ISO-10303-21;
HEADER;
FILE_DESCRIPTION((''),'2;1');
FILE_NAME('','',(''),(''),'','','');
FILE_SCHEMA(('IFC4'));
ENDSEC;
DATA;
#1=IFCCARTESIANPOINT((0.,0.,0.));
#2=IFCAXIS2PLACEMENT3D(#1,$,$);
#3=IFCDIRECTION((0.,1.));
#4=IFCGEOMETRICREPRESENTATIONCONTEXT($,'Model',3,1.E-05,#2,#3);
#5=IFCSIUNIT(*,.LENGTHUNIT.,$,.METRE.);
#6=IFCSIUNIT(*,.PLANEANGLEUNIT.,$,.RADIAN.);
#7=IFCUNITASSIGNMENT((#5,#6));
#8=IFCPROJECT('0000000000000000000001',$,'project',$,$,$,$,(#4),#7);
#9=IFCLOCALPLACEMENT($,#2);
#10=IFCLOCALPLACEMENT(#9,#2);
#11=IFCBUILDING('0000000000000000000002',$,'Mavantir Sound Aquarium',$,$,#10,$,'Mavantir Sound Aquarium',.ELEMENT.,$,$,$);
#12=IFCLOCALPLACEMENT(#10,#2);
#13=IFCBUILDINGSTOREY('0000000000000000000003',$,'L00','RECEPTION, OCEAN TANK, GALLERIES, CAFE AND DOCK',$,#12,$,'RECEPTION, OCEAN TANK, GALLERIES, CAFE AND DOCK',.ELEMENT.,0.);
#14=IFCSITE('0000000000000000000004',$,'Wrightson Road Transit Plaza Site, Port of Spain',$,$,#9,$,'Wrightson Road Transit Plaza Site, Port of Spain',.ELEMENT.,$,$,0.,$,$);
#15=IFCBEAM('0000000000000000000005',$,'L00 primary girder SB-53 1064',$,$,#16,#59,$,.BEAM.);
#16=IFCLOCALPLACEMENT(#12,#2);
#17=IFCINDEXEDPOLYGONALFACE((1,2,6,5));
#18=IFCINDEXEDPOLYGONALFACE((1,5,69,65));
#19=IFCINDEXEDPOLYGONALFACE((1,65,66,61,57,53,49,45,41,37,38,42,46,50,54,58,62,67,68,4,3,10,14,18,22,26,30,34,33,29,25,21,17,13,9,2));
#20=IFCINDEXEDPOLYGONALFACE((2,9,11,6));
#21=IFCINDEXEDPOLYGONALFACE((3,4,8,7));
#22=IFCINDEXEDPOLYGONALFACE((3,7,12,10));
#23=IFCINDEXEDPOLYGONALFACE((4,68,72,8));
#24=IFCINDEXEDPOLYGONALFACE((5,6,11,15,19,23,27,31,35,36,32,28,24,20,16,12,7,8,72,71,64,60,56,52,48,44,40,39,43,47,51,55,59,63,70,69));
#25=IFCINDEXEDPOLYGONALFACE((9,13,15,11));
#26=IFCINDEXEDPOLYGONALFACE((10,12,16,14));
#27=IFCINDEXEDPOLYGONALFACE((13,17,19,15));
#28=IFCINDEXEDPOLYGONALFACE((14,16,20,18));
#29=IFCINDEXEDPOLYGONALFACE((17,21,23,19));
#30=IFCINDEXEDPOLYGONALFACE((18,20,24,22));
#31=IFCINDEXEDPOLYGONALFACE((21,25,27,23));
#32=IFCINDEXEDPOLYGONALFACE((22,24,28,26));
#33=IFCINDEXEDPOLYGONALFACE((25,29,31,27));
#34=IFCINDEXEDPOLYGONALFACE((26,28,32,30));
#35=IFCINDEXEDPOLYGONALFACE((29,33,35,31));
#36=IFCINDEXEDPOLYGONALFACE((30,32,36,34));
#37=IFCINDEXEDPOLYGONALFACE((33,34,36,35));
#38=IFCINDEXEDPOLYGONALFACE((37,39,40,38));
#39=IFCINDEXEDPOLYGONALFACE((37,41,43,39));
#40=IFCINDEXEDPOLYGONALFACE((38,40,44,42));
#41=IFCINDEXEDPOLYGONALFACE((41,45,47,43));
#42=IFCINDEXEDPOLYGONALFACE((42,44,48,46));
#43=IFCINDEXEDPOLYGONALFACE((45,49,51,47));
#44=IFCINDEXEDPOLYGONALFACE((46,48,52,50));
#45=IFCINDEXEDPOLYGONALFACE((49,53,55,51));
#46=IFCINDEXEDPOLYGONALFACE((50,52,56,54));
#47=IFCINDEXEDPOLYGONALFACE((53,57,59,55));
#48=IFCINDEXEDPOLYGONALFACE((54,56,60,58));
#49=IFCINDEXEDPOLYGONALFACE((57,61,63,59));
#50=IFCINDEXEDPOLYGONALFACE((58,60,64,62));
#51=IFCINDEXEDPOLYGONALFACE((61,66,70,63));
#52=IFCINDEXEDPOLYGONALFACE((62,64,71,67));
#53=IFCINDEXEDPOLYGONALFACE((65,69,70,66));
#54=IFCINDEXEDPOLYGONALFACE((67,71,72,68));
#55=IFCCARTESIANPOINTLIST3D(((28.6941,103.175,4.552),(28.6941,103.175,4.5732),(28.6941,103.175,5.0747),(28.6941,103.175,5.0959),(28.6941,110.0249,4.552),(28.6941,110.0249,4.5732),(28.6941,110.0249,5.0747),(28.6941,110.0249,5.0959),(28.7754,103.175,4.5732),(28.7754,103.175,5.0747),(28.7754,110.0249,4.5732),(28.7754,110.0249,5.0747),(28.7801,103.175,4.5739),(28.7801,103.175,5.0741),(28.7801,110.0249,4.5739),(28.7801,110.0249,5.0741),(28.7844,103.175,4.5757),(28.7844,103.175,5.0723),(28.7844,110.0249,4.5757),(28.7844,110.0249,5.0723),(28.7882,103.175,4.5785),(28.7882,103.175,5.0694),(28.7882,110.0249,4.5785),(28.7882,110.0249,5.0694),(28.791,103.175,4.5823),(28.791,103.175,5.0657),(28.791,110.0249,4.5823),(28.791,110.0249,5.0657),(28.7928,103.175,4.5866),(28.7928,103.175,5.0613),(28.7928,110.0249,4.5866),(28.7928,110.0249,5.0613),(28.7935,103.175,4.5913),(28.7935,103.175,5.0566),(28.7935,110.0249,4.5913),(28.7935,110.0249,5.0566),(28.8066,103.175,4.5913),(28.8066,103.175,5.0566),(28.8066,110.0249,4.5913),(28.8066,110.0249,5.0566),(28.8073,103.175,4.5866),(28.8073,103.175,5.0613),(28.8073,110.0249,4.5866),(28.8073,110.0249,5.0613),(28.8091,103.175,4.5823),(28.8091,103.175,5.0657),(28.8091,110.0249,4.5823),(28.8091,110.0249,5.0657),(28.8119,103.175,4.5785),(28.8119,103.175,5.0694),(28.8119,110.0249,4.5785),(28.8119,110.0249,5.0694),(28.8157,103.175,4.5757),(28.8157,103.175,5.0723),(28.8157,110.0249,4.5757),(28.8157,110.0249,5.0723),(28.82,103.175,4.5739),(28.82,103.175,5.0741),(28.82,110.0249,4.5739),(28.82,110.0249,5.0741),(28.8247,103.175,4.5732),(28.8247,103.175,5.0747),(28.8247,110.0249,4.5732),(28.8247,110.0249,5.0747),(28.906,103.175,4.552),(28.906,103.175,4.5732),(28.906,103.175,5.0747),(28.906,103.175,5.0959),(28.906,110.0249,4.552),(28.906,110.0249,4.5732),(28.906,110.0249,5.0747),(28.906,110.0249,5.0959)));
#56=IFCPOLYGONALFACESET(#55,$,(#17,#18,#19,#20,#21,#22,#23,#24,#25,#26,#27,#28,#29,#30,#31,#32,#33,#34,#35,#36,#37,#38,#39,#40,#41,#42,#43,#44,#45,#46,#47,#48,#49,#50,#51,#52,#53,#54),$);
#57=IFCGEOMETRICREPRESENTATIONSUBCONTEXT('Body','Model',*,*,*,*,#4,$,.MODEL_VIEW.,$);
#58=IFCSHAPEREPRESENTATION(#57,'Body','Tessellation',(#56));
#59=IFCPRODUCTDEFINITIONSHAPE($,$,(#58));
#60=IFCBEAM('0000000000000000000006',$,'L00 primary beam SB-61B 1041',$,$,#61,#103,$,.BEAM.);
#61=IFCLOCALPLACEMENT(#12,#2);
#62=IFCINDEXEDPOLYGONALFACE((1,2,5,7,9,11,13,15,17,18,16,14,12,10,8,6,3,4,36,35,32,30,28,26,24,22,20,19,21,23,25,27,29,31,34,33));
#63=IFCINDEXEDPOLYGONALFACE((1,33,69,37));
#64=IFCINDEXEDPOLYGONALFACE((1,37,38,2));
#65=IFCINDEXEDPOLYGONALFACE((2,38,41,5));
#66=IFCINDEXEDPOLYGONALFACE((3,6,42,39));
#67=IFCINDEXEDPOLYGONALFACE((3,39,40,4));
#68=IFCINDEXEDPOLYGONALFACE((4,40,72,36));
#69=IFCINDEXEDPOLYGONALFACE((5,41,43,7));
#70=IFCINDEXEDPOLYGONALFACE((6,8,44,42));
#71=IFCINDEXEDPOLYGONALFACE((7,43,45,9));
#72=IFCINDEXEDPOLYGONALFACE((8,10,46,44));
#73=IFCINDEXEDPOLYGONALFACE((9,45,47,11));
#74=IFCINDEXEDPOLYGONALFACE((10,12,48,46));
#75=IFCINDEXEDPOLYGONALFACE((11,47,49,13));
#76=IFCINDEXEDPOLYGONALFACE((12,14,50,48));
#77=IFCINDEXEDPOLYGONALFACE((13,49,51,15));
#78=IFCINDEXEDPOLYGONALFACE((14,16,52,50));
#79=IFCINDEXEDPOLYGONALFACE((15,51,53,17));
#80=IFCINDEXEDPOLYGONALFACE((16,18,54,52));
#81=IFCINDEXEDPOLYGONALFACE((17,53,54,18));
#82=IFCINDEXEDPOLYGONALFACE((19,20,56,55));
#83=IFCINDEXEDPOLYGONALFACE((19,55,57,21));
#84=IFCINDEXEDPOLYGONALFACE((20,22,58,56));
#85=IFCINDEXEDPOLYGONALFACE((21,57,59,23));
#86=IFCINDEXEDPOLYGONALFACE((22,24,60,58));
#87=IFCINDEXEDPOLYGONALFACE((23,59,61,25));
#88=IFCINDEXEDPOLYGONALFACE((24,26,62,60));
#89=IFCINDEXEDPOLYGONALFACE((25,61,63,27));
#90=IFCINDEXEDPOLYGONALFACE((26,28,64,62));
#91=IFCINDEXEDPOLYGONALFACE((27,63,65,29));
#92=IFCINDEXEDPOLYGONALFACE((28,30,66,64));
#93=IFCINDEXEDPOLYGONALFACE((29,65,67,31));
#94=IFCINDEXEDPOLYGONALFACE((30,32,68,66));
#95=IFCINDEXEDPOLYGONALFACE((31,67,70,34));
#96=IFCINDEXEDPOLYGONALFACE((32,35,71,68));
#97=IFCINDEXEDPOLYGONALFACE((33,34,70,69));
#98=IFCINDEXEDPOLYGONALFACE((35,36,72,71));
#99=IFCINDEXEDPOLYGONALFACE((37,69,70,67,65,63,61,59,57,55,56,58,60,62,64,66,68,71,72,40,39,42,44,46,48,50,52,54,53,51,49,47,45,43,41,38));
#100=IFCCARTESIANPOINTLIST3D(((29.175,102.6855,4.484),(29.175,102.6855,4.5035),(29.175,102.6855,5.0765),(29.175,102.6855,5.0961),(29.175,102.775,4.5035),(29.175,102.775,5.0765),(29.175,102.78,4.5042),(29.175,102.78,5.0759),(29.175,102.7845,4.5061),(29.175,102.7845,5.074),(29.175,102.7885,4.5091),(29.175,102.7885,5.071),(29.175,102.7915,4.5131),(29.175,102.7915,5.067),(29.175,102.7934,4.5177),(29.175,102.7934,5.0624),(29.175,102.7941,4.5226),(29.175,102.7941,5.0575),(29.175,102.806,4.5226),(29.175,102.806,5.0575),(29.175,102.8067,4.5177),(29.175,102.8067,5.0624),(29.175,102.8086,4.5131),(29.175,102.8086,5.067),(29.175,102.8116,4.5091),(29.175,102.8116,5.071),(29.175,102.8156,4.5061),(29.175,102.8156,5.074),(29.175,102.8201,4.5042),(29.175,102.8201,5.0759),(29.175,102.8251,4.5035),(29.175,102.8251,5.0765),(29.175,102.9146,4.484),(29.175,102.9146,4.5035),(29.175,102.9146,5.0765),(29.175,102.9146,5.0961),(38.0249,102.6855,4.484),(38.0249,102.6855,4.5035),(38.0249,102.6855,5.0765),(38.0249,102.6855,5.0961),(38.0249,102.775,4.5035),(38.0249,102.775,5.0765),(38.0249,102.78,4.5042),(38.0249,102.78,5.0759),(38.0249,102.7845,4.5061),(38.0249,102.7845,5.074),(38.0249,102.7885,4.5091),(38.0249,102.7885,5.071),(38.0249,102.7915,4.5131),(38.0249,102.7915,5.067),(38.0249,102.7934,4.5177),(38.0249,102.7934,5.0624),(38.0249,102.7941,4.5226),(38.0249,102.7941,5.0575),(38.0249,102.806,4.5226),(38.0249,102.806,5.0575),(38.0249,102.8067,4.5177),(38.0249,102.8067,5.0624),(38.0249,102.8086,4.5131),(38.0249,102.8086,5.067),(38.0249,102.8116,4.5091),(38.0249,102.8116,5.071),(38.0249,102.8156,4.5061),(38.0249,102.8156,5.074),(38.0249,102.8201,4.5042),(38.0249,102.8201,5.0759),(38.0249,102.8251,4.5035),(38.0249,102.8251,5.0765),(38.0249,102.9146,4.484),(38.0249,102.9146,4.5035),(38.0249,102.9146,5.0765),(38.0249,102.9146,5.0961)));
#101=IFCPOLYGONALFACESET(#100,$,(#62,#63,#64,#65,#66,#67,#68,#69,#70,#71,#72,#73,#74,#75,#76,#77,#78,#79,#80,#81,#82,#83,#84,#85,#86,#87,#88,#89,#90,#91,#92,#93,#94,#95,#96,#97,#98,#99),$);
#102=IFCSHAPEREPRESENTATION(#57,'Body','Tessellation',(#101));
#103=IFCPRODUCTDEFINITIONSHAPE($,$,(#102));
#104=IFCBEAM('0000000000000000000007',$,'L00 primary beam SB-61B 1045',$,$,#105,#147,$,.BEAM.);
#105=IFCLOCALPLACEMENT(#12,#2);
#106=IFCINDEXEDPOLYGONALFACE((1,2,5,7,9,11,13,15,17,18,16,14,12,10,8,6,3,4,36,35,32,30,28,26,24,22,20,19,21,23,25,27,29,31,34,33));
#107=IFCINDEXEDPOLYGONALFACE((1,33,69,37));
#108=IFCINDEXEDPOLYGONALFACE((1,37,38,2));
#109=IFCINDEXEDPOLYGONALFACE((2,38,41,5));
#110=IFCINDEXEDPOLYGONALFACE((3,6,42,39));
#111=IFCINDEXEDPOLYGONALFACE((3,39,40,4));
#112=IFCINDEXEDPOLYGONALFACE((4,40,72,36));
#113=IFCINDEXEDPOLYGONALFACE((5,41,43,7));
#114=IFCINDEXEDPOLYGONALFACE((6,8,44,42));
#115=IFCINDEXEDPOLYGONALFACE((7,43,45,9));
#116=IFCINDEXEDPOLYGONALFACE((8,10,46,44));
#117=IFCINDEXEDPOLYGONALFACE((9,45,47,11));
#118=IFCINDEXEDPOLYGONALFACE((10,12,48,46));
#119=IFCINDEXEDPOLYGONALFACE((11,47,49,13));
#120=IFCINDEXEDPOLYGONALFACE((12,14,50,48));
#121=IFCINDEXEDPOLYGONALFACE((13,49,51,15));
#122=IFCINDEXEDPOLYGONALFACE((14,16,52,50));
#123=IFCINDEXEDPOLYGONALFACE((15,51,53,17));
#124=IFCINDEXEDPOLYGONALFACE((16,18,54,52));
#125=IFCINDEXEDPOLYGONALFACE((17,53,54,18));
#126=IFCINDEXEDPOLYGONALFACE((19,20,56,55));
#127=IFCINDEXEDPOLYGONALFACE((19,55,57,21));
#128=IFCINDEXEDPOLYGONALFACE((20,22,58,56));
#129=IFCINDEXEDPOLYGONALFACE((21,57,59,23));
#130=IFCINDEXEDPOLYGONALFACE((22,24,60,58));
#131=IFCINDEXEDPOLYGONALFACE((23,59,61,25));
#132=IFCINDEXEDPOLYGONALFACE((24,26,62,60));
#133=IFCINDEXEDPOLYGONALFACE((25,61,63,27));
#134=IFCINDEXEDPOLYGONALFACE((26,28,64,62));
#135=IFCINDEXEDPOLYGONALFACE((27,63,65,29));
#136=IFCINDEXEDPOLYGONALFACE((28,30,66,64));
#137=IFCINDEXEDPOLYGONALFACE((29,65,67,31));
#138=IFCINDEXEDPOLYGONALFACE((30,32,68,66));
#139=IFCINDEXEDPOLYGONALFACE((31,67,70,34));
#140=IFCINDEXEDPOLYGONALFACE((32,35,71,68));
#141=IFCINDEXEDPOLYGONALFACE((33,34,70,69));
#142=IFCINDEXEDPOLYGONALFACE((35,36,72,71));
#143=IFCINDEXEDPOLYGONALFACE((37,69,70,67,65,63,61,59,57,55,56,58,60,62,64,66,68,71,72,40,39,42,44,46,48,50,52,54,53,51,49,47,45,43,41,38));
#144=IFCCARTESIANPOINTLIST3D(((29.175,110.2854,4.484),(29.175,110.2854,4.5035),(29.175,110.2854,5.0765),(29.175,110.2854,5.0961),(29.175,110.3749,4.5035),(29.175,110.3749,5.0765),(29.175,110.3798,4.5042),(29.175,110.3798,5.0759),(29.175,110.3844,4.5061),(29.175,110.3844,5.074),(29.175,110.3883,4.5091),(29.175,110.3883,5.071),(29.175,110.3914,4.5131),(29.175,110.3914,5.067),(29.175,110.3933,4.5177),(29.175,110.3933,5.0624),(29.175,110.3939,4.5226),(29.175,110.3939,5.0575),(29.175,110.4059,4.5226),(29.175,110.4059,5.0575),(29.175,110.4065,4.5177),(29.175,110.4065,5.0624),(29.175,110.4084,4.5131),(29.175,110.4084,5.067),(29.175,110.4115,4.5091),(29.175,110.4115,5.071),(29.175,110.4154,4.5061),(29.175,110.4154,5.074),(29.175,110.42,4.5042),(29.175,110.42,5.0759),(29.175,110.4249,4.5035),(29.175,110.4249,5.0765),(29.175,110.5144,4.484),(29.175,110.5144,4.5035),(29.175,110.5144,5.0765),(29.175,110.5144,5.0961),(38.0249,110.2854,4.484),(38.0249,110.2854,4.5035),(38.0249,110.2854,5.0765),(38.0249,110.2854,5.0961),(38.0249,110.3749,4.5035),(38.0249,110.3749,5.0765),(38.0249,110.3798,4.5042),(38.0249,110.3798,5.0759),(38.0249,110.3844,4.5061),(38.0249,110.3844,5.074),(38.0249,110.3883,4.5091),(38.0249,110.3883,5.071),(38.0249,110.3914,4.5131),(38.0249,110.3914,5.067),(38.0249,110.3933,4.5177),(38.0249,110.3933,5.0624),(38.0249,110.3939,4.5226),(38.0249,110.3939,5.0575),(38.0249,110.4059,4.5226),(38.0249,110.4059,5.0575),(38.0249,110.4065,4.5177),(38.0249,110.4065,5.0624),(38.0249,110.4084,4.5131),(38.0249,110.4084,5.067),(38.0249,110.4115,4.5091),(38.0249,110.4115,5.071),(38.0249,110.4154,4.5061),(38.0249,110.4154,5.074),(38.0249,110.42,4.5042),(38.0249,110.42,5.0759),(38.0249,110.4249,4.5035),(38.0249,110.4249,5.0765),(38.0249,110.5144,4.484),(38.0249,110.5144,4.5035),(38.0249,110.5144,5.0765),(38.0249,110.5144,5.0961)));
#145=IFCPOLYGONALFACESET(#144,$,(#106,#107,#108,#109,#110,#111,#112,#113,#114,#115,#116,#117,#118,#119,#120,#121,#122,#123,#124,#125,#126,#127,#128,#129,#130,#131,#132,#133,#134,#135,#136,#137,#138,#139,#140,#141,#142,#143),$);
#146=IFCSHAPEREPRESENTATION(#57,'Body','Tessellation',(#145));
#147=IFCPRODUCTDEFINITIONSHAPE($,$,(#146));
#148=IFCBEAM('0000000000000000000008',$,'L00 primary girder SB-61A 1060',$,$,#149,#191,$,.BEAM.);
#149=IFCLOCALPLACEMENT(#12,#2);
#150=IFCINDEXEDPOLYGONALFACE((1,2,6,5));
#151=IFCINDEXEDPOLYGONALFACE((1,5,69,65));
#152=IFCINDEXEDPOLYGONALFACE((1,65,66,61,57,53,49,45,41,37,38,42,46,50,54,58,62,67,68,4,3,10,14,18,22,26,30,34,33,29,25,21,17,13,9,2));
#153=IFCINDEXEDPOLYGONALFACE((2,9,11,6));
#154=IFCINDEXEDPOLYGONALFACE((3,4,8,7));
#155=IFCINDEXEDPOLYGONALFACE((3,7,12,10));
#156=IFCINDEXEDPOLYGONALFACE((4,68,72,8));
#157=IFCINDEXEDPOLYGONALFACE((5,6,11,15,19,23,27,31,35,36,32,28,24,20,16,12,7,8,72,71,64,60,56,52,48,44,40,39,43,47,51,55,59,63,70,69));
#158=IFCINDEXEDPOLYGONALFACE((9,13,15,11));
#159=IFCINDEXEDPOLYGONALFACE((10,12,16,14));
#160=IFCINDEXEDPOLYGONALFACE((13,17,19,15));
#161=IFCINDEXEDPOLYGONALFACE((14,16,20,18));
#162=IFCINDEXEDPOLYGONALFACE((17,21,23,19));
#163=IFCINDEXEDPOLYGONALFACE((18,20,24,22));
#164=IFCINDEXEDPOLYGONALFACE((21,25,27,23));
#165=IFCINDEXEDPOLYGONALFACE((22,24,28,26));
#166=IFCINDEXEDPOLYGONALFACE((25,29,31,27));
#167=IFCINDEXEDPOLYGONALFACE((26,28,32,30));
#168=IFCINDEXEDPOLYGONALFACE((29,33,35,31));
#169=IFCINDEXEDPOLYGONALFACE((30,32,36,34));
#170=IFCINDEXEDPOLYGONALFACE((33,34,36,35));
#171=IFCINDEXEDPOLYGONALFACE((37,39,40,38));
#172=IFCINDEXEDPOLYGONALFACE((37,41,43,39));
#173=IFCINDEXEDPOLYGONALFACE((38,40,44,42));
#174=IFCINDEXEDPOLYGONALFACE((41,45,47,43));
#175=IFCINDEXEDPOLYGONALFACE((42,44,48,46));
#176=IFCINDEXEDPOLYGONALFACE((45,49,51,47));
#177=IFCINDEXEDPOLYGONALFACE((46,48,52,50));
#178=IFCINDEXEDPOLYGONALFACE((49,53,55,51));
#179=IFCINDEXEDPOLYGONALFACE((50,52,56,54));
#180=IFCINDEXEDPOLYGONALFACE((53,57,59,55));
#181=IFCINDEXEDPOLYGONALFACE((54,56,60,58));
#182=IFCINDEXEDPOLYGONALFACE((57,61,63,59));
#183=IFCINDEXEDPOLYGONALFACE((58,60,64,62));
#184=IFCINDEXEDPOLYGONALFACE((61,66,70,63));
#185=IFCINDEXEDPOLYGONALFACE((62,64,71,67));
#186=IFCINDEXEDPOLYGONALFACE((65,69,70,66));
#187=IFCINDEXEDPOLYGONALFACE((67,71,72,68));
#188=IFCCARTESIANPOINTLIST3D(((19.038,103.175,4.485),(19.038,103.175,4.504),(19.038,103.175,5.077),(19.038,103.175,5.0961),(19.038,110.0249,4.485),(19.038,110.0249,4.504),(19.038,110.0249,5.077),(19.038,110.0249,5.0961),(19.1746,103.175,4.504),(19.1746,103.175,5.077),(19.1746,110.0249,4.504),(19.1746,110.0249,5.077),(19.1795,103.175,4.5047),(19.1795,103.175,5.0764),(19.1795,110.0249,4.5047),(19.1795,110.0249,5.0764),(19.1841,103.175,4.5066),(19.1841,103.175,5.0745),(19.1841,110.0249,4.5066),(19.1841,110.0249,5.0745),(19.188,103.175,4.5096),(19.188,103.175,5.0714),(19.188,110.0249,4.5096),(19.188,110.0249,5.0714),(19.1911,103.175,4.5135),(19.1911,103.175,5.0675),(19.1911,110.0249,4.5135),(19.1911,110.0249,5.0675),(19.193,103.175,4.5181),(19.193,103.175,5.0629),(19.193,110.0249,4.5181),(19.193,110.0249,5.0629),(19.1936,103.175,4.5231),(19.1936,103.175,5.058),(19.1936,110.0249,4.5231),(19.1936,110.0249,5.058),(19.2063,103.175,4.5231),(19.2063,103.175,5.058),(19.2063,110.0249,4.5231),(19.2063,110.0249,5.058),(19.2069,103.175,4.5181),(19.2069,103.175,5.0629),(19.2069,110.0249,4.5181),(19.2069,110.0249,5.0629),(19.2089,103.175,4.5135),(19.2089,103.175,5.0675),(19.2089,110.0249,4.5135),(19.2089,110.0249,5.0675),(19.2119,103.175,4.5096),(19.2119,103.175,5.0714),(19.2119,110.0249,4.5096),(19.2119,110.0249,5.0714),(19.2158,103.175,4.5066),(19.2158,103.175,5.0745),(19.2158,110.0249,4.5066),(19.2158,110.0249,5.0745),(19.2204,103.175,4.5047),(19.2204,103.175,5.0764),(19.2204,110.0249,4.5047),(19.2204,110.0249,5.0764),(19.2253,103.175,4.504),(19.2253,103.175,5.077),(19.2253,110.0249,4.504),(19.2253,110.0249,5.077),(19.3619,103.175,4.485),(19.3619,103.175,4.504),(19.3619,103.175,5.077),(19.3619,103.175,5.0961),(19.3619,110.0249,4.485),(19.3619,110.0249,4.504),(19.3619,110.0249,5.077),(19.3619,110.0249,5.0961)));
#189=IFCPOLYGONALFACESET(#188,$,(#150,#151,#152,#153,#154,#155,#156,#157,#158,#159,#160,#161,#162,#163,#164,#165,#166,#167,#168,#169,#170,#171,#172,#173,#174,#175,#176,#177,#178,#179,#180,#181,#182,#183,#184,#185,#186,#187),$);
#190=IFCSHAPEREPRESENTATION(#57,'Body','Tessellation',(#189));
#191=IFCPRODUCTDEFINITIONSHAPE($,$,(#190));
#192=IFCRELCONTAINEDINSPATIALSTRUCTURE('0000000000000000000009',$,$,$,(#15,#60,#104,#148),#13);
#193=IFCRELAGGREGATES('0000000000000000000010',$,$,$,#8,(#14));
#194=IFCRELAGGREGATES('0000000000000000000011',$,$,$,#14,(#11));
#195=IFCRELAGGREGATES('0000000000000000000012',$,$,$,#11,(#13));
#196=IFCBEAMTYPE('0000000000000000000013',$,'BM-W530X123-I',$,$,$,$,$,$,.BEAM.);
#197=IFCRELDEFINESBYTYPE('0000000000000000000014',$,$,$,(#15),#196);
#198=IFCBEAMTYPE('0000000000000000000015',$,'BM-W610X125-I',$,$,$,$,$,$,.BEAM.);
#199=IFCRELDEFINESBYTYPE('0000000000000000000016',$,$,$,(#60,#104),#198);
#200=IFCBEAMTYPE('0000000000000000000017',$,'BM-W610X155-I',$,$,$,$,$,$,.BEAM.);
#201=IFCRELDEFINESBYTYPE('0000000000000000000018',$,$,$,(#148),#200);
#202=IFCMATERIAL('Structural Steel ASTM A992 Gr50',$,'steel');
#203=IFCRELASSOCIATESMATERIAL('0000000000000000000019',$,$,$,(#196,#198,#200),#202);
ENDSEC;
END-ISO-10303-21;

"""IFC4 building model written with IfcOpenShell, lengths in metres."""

from ifc_helpers import new_model, si_unit, direction, frame, origin, origin_2d, place, context, subcontext, project, spatial, i_section, extrude, material, material_profile, profile_set, type_object, element, save


model = new_model("IFC4")

# Units and contexts
model_context = context("Model", 3, precision=1e-05, world=origin(), true_north=direction((0.0, 1.0)))
body_context = subcontext(model_context, "Body", "Model", "MODEL_VIEW")
ifc_project = project(units=[si_unit("LENGTHUNIT", "METRE"), si_unit("PLANEANGLEUNIT", "RADIAN")], contexts=[model_context])

# Site, building, storey
site_placement = place(None, origin())
site = spatial("IfcSite", under=ifc_project, at=site_placement, Name="Wrightson Road Transit Plaza Site, Port of Spain", LongName="Wrightson Road Transit Plaza Site, Port of Spain", CompositionType="ELEMENT", RefElevation=0.0)
building_placement = place(site_placement, origin())
building = spatial("IfcBuilding", under=site, at=building_placement, Name="Mavantir Sound Aquarium", LongName="Mavantir Sound Aquarium", CompositionType="ELEMENT")
storey_placement = place(building_placement, origin())
storey = spatial("IfcBuildingStorey", under=building, at=storey_placement, Name="L00", Description="RECEPTION, OCEAN TANK, GALLERIES, CAFE AND DOCK", LongName="RECEPTION, OCEAN TANK, GALLERIES, CAFE AND DOCK", CompositionType="ELEMENT", Elevation=0.0)

# Beams
ifc_material_1 = material(Name="Structural Steel ASTM A992 Gr50", Category="steel")
ifc_material_profile_1 = material_profile(ifc_material_1, i_section(OverallWidth=0.2119, OverallDepth=0.5439, WebThickness=0.0132, FlangeThickness=0.0212, FilletRadius=0.0181, at=origin_2d()), Name="W530X123")
ifc_profile_set_1 = profile_set([ifc_material_profile_1], Name="Structural Steel ASTM A992 Gr50")
beam_type_1 = type_object("IfcBeamType", Name="BM-W530X123-I", PredefinedType="BEAM", material=ifc_profile_set_1)
beam_1_placement = place(storey_placement, frame((28.8, 103.175, 4.824), z_axis=(0.0, 1.0, 0.0), x_axis=(-1.0, 0.0, 0.0)))
element("IfcBeam", 1, at=beam_1_placement, inside=storey, type_object=beam_type_1, Name="L00 primary girder SB-53 1064", PredefinedType="BEAM", context=body_context, shape_type="SweptSolid", body=[
    extrude(i_section(OverallWidth=0.2119, OverallDepth=0.5439, WebThickness=0.0132, FlangeThickness=0.0212, FilletRadius=0.0181, at=origin_2d()), origin(), (0.0, 0.0, 1.0), 6.8499),
])
ifc_material_profile_2 = material_profile(ifc_material_1, i_section(OverallWidth=0.229, OverallDepth=0.6121, WebThickness=0.012, FlangeThickness=0.0195, FilletRadius=0.019, at=origin_2d()), Name="W610X125")
ifc_profile_set_2 = profile_set([ifc_material_profile_2], Name="Structural Steel ASTM A992 Gr50")
beam_type_2 = type_object("IfcBeamType", Name="BM-W610X125-I", PredefinedType="BEAM", material=ifc_profile_set_2)
for number, where, z_axis, x_axis, name in (
    (2, (29.175, 102.8, 4.79), (1.0, 0.0, 0.0), (0.0, 1.0, 0.0), "L00 primary beam SB-61B 1041"),
    (3, (29.175, 110.3999, 4.79), (1.0, 0.0, 0.0), (0.0, 1.0, 0.0), "L00 primary beam SB-61B 1045"),
):
    element("IfcBeam", number, at=place(storey_placement, frame(where, z_axis=z_axis, x_axis=x_axis)), inside=storey, type_object=beam_type_2, Name=name, PredefinedType="BEAM", context=body_context, shape_type="SweptSolid", body=[
        extrude(i_section(OverallWidth=0.229, OverallDepth=0.6121, WebThickness=0.012, FlangeThickness=0.0195, FilletRadius=0.019, at=origin_2d()), origin(), (0.0, 0.0, 1.0), 8.8499),
    ])
ifc_material_profile_3 = material_profile(ifc_material_1, i_section(OverallWidth=0.324, OverallDepth=0.6111, WebThickness=0.0127, FlangeThickness=0.019, FilletRadius=0.019, at=origin_2d()), Name="W610X155")
ifc_profile_set_3 = profile_set([ifc_material_profile_3], Name="Structural Steel ASTM A992 Gr50")
beam_type_3 = type_object("IfcBeamType", Name="BM-W610X155-I", PredefinedType="BEAM", material=ifc_profile_set_3)
beam_2_placement = place(storey_placement, frame((19.2, 103.175, 4.7905), z_axis=(0.0, 1.0, 0.0), x_axis=(-1.0, 0.0, 0.0)))
element("IfcBeam", 4, at=beam_2_placement, inside=storey, type_object=beam_type_3, Name="L00 primary girder SB-61A 1060", PredefinedType="BEAM", context=body_context, shape_type="SweptSolid", body=[
    extrude(i_section(OverallWidth=0.324, OverallDepth=0.6111, WebThickness=0.0127, FlangeThickness=0.019, FilletRadius=0.019, at=origin_2d()), origin(), (0.0, 0.0, 1.0), 6.8499),
])

save(model, "model.ifc")
